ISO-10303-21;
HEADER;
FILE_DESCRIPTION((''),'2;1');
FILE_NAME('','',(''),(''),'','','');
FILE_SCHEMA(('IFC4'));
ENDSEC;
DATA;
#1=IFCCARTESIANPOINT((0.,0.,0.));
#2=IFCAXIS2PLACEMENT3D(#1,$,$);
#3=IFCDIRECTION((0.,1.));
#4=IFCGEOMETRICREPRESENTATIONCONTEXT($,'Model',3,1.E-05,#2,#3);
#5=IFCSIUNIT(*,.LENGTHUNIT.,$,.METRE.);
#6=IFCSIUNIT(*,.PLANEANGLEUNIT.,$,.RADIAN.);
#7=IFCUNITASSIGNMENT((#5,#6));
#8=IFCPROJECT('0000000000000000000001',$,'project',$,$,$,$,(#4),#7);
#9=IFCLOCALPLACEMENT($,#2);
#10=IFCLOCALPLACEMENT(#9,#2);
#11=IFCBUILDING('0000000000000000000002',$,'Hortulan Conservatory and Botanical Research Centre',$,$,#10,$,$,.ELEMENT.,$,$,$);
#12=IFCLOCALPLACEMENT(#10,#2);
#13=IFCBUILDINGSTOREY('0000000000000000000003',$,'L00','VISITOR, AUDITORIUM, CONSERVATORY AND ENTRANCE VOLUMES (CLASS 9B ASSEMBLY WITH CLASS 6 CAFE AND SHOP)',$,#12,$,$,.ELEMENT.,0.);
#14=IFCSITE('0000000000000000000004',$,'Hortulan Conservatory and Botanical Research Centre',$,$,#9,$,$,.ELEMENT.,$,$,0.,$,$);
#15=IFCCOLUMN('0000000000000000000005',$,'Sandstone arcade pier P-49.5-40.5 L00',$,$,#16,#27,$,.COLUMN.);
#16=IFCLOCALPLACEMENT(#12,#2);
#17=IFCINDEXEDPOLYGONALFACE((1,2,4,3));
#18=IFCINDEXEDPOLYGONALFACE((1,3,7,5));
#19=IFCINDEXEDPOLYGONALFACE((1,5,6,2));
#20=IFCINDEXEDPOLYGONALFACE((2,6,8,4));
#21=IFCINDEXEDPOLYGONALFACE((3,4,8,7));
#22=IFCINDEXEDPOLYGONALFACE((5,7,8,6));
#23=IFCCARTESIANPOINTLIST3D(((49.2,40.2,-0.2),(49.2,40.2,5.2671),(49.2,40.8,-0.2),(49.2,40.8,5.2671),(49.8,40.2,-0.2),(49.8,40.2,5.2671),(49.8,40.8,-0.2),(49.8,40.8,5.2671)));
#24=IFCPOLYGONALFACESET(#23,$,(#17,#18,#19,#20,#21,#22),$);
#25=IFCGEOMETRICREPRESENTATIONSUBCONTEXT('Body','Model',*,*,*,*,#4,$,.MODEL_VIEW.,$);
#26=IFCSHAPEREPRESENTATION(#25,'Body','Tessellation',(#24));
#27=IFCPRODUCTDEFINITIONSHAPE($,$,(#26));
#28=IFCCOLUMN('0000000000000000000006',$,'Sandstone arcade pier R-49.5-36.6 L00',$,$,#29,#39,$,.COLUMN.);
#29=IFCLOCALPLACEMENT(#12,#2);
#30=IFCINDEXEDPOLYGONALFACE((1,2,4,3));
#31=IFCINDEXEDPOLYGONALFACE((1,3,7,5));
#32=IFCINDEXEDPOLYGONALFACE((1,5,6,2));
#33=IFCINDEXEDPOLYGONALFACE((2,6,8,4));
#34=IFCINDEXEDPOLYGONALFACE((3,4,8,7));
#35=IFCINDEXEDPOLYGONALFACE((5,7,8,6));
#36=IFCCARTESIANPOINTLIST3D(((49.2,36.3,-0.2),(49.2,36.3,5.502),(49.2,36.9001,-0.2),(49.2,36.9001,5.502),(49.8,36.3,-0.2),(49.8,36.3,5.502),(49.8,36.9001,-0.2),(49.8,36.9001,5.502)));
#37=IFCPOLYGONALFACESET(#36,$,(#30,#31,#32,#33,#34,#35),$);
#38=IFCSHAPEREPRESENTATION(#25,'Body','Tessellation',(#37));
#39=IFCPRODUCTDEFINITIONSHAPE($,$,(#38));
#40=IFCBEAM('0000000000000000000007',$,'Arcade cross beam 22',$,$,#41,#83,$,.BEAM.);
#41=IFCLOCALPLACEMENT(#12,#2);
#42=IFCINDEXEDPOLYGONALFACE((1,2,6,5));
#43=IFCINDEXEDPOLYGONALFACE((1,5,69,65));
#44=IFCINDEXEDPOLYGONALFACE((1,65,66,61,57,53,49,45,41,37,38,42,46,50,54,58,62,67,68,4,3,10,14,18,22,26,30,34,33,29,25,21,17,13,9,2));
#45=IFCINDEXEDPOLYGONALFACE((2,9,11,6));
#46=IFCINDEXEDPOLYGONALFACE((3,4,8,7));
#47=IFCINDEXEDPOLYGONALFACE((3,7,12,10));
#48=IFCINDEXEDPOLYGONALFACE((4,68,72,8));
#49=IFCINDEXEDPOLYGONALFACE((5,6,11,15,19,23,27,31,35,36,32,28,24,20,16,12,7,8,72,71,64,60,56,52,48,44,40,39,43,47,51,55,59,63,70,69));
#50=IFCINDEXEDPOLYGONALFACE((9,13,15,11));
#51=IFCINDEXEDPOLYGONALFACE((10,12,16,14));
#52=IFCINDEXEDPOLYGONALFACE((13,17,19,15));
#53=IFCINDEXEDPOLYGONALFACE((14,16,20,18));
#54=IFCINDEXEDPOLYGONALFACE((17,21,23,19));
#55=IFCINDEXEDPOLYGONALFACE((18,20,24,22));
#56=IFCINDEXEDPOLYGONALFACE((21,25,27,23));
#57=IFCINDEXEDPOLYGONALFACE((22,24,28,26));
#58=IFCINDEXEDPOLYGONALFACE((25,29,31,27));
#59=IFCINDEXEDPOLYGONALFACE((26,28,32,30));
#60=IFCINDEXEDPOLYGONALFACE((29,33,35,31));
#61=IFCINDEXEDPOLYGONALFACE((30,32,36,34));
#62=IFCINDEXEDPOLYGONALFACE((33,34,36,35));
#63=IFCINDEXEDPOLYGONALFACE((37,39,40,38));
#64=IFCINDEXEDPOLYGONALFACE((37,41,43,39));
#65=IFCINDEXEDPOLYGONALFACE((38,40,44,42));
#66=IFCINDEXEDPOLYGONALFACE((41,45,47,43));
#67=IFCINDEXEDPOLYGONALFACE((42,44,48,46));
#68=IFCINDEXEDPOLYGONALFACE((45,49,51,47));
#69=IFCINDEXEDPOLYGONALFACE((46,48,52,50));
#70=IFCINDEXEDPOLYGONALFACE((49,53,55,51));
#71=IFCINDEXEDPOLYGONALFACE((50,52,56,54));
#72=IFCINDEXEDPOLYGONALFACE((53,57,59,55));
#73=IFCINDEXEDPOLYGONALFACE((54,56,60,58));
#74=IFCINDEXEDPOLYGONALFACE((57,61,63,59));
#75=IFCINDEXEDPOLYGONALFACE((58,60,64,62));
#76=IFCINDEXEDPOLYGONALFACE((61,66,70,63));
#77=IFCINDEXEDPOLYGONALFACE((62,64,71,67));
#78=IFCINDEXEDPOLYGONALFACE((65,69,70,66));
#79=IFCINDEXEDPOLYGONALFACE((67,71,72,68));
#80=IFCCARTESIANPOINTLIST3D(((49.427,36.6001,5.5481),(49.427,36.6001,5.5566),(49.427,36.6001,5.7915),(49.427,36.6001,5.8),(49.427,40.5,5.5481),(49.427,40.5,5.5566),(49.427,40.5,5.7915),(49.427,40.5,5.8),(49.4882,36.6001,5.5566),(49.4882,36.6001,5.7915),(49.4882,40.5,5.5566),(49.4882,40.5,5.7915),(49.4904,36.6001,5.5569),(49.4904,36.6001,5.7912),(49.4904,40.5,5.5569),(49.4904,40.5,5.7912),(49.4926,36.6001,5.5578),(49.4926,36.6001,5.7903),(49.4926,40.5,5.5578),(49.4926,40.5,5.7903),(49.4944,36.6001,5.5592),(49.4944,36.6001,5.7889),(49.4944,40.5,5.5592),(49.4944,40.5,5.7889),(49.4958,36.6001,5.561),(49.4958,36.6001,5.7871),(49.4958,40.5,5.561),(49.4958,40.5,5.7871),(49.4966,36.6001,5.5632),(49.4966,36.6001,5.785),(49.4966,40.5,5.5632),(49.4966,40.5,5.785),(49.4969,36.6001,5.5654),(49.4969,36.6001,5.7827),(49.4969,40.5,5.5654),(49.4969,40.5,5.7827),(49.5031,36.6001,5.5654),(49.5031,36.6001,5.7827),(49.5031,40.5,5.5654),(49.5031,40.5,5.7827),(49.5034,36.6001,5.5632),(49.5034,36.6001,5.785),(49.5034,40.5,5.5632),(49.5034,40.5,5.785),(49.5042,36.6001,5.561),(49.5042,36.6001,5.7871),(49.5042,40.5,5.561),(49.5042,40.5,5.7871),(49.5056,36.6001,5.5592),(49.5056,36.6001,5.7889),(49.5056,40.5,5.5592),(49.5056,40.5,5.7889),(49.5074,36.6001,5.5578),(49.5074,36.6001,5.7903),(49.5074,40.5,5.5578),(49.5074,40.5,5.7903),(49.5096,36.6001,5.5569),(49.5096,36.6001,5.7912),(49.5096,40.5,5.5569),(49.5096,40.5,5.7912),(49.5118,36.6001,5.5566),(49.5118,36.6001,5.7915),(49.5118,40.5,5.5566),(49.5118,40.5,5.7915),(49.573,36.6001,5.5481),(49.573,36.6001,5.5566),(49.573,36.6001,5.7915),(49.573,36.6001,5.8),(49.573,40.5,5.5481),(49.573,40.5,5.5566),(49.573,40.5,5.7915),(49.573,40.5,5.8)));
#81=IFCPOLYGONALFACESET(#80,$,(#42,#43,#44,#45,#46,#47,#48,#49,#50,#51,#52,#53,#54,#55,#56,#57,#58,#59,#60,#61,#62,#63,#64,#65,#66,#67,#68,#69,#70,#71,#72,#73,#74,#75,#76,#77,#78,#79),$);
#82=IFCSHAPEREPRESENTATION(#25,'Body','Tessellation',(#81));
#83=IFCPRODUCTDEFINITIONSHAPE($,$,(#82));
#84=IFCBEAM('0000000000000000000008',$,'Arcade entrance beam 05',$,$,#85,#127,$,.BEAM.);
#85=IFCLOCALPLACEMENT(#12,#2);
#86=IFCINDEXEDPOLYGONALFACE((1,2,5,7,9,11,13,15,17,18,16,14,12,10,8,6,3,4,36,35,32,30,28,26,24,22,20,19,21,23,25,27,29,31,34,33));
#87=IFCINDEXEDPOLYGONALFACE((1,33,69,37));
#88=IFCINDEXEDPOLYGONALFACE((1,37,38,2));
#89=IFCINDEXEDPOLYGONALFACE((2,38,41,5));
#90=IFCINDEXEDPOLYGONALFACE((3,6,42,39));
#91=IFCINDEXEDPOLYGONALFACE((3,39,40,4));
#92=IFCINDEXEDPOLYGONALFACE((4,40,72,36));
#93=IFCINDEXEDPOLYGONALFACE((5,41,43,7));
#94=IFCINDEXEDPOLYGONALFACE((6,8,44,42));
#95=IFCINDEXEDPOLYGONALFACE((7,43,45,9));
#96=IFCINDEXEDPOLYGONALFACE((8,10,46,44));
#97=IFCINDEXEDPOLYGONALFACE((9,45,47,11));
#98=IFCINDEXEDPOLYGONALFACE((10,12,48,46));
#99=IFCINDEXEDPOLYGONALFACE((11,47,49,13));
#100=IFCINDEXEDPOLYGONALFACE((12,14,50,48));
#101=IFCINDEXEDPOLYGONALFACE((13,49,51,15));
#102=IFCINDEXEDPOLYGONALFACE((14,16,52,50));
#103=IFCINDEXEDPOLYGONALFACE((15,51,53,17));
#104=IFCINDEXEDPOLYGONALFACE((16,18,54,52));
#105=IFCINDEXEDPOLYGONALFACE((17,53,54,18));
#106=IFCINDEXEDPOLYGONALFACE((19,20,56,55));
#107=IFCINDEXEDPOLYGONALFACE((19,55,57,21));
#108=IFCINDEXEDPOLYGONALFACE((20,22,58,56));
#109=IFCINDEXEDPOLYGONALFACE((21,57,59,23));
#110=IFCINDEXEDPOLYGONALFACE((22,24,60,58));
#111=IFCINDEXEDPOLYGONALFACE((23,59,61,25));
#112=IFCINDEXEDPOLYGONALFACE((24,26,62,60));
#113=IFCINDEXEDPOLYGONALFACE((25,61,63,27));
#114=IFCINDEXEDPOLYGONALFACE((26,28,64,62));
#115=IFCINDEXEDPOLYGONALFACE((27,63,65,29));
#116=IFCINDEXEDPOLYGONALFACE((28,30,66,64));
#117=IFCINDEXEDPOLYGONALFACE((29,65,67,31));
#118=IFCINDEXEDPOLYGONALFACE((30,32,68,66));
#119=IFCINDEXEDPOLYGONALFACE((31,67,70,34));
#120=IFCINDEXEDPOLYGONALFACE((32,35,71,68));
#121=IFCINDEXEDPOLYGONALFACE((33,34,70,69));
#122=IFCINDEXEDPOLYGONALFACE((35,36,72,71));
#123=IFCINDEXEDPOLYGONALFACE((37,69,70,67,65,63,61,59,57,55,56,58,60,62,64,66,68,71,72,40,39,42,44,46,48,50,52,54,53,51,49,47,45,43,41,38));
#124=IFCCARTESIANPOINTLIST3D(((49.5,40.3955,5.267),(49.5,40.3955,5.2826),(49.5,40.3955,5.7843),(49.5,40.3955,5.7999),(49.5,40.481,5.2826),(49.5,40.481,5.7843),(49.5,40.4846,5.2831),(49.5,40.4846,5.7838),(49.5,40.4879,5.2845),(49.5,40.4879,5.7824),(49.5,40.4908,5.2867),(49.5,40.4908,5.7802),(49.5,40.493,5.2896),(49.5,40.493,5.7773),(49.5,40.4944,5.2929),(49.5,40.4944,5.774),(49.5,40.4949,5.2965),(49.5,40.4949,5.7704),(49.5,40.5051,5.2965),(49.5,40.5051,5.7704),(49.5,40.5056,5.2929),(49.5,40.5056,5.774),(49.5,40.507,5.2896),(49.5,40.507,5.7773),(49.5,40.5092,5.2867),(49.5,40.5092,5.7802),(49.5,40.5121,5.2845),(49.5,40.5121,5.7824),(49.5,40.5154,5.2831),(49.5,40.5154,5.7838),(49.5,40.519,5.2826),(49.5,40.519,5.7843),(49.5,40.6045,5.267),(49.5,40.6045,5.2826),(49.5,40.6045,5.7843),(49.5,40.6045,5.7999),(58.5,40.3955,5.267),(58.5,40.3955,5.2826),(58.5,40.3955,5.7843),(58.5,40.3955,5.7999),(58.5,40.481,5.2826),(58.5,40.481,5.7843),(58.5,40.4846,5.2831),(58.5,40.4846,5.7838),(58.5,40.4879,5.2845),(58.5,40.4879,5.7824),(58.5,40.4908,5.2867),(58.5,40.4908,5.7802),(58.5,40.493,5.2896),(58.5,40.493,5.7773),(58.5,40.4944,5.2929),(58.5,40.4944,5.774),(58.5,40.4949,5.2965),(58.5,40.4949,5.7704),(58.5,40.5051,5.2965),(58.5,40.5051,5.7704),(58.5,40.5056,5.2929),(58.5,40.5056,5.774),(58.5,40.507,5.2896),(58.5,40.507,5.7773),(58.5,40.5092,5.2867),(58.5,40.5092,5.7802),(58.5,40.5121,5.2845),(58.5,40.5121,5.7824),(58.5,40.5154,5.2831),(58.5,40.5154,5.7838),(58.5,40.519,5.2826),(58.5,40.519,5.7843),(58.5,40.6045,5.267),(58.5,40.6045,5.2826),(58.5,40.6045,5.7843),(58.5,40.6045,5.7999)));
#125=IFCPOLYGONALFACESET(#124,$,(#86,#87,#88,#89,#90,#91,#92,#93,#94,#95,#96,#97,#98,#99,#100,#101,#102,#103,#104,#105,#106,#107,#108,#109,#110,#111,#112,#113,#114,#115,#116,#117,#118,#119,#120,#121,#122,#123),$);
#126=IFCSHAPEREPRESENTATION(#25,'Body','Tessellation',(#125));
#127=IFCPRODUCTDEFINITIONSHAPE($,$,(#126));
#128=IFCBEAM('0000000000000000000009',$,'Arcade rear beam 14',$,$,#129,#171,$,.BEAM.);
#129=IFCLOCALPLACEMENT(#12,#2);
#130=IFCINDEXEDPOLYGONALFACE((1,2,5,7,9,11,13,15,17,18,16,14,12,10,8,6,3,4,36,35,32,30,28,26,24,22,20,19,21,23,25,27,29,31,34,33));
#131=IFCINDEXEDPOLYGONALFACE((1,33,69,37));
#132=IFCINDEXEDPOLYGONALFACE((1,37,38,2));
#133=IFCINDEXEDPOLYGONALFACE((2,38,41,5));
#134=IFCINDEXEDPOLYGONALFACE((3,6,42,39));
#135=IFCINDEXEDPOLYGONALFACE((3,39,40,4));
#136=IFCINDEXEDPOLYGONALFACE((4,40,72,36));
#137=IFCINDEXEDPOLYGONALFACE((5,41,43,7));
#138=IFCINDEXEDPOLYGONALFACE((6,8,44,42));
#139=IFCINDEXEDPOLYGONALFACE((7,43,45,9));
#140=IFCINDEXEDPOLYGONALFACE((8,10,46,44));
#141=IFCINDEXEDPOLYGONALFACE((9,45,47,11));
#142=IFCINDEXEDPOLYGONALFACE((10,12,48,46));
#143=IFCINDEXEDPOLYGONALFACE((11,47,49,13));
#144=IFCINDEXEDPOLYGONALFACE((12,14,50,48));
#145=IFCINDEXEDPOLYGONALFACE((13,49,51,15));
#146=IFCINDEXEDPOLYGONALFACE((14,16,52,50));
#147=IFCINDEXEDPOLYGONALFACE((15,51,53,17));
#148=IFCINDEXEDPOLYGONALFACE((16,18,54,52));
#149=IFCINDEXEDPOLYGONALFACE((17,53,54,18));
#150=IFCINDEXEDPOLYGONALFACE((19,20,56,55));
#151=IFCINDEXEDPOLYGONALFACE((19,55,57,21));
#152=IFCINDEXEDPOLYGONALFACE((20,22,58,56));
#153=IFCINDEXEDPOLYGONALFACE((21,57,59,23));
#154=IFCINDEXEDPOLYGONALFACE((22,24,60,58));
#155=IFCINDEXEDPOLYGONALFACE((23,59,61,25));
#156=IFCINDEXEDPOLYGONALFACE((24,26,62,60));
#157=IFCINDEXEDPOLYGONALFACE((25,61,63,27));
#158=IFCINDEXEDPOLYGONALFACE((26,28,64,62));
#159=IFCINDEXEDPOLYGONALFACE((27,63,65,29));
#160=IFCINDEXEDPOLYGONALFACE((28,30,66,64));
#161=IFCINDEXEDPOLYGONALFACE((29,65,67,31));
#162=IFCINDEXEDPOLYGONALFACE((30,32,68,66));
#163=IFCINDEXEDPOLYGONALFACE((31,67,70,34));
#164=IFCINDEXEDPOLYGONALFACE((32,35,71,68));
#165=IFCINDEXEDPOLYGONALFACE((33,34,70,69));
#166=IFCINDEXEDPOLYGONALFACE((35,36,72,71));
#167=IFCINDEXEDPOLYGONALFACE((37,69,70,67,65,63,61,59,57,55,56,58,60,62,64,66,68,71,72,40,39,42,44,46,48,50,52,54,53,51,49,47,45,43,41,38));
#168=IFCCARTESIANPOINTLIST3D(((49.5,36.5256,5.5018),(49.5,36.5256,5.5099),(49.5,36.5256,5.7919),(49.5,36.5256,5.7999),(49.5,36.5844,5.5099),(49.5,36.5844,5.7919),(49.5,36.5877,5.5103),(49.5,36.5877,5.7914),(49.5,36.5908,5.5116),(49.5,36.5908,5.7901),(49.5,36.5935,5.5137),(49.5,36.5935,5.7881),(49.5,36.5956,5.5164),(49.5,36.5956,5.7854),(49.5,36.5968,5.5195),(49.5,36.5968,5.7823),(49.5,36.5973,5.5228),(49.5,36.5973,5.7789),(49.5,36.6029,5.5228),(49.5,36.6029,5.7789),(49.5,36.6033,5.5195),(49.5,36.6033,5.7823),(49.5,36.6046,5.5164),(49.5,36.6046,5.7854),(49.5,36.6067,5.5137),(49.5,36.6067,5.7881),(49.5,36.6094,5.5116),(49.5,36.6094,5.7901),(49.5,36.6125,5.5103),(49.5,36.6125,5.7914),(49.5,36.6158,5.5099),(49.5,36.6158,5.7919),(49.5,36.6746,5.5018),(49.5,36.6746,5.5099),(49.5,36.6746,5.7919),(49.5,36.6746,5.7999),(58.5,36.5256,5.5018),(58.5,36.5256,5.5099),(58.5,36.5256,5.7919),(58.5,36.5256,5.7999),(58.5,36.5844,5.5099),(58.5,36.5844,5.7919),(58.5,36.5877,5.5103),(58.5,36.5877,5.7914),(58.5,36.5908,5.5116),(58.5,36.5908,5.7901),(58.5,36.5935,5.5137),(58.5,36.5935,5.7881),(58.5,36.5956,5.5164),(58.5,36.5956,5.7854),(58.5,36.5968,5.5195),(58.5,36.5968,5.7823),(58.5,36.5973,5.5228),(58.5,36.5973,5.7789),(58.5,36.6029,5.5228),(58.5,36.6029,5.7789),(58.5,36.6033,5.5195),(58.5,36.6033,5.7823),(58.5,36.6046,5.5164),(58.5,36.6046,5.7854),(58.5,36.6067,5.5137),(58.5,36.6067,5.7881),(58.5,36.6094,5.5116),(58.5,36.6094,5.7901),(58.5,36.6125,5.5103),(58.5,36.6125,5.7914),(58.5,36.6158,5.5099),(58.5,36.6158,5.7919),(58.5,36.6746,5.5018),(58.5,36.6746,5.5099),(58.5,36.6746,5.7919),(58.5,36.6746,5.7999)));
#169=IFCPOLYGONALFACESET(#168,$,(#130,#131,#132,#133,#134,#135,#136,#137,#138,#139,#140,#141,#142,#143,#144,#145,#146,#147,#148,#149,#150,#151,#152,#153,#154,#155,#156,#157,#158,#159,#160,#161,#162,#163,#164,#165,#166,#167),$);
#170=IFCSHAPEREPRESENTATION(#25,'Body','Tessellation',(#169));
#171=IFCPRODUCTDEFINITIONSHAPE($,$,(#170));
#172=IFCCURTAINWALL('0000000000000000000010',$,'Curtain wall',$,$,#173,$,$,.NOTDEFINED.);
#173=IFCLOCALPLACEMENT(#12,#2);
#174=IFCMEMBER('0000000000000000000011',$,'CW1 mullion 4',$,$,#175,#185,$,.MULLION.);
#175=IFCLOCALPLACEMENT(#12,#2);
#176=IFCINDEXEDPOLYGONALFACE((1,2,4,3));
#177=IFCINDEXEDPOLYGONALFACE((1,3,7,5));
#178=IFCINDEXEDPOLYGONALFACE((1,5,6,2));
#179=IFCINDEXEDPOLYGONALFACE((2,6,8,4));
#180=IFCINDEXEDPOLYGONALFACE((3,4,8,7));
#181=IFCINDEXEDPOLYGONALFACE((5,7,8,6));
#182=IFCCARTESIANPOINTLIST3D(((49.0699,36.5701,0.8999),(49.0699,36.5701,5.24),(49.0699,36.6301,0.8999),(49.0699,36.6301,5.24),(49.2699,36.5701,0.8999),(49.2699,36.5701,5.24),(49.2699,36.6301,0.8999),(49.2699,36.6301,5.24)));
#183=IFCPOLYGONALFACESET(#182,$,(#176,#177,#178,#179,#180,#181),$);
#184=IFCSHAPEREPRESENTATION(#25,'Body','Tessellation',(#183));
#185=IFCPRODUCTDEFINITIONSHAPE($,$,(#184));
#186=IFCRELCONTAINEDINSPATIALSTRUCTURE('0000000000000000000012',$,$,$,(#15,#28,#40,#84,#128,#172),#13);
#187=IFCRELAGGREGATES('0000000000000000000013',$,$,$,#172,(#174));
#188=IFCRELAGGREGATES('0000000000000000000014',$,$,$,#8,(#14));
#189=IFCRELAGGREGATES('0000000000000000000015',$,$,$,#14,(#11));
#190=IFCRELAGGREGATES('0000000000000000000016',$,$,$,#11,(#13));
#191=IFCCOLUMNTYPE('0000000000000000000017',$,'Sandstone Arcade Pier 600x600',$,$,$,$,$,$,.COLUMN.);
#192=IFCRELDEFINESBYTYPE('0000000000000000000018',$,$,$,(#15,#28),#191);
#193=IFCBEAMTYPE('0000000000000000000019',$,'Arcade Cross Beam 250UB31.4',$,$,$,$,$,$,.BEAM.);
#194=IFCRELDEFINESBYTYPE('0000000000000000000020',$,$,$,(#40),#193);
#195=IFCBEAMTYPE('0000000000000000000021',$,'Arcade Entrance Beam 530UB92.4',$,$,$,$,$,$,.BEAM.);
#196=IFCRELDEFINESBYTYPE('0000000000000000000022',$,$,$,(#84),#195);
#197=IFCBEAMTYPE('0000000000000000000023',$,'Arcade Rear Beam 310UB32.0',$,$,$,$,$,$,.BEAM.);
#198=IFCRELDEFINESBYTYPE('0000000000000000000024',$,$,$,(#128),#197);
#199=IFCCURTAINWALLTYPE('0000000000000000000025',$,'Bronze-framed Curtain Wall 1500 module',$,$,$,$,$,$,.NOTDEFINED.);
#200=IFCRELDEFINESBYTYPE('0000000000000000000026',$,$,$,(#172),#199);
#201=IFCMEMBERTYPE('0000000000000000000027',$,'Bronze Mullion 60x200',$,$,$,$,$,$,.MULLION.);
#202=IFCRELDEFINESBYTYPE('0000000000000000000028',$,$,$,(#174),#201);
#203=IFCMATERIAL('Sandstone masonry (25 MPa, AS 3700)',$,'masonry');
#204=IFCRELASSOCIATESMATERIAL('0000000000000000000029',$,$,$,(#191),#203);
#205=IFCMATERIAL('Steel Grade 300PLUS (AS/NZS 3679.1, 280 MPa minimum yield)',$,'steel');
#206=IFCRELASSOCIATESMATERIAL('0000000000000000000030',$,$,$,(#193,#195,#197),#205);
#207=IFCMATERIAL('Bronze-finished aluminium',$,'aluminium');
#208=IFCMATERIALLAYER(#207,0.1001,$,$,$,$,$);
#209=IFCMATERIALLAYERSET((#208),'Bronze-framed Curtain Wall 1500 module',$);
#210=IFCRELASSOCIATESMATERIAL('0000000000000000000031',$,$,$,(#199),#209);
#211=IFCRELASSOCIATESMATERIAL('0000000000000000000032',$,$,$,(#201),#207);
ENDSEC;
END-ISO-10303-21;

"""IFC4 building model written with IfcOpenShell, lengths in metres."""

from ifc_helpers import new_model, si_unit, direction, frame, origin, origin_2d, place, context, subcontext, project, spatial, rectangle, i_section, extrude, material, layer, layer_set, material_profile, profile_set, type_object, element, aggregate, save


model = new_model("IFC4")

# Units and contexts
model_context = context("Model", 3, precision=1e-05, world=origin(), true_north=direction((0.0, 1.0)))
body_context = subcontext(model_context, "Body", "Model", "MODEL_VIEW")
ifc_project = project(units=[si_unit("LENGTHUNIT", "METRE"), si_unit("PLANEANGLEUNIT", "RADIAN")], contexts=[model_context])

# Site, building, storey
site_placement = place(None, origin())
site = spatial("IfcSite", under=ifc_project, at=site_placement, Name="Hortulan Conservatory and Botanical Research Centre", CompositionType="ELEMENT", RefElevation=0.0)
building_placement = place(site_placement, origin())
building = spatial("IfcBuilding", under=site, at=building_placement, Name="Hortulan Conservatory and Botanical Research Centre", CompositionType="ELEMENT")
storey_placement = place(building_placement, origin())
storey = spatial("IfcBuildingStorey", under=building, at=storey_placement, Name="L00", Description="VISITOR, AUDITORIUM, CONSERVATORY AND ENTRANCE VOLUMES (CLASS 9B ASSEMBLY WITH CLASS 6 CAFE AND SHOP)", CompositionType="ELEMENT", Elevation=0.0)

# Columns
ifc_material_1 = material(Name="Sandstone masonry (25 MPa, AS 3700)", Category="masonry")
ifc_material_profile_1 = material_profile(ifc_material_1, rectangle(XDim=0.6001, YDim=0.6001, at=origin_2d()), Name="Square pier 600")
ifc_profile_set_1 = profile_set([ifc_material_profile_1], Name="Sandstone masonry (25 MPa, AS 3700)")
column_type_1 = type_object("IfcColumnType", Name="Sandstone Arcade Pier 600x600", PredefinedType="COLUMN", material=ifc_profile_set_1)
column_1_placement = place(storey_placement, frame((49.5, 40.5, -0.2), z_axis=(0.0, 0.0, 1.0), x_axis=(1.0, 0.0, 0.0)))
element("IfcColumn", 1, at=column_1_placement, inside=storey, type_object=column_type_1, Name="Sandstone arcade pier P-49.5-40.5 L00", PredefinedType="COLUMN", context=body_context, shape_type="SweptSolid", body=[
    extrude(rectangle(XDim=0.6001, YDim=0.6001, at=origin_2d()), origin(), (0.0, 0.0, 1.0), 5.467),
])
column_2_placement = place(storey_placement, frame((49.5, 36.6001, -0.2), z_axis=(0.0, 0.0, 1.0), x_axis=(1.0, 0.0, 0.0)))
element("IfcColumn", 2, at=column_2_placement, inside=storey, type_object=column_type_1, Name="Sandstone arcade pier R-49.5-36.6 L00", PredefinedType="COLUMN", context=body_context, shape_type="SweptSolid", body=[
    extrude(rectangle(XDim=0.6001, YDim=0.6001, at=origin_2d()), origin(), (0.0, 0.0, 1.0), 5.7019),
])

# Beams
ifc_material_2 = material(Name="Steel Grade 300PLUS (AS/NZS 3679.1, 280 MPa minimum yield)", Category="steel")
ifc_material_profile_2 = material_profile(ifc_material_2, i_section(OverallWidth=0.146, OverallDepth=0.252, WebThickness=0.0061, FlangeThickness=0.0085, FilletRadius=0.0088, at=origin_2d()), Name="250UB31.4")
ifc_profile_set_2 = profile_set([ifc_material_profile_2], Name="Steel Grade 300PLUS (AS/NZS 3679.1, 280 MPa minimum yield)")
beam_type_1 = type_object("IfcBeamType", Name="Arcade Cross Beam 250UB31.4", PredefinedType="BEAM", material=ifc_profile_set_2)
beam_1_placement = place(storey_placement, frame((49.5, 36.6001, 5.6741), z_axis=(0.0, 1.0, 0.0), x_axis=(-1.0, 0.0, 0.0)))
element("IfcBeam", 3, at=beam_1_placement, inside=storey, type_object=beam_type_1, Name="Arcade cross beam 22", PredefinedType="BEAM", context=body_context, shape_type="SweptSolid", body=[
    extrude(i_section(OverallWidth=0.146, OverallDepth=0.252, WebThickness=0.0061, FlangeThickness=0.0085, FilletRadius=0.0088, at=origin_2d()), origin(), (0.0, 0.0, 1.0), 3.8999),
])
ifc_material_profile_3 = material_profile(ifc_material_2, i_section(OverallWidth=0.209, OverallDepth=0.533, WebThickness=0.0103, FlangeThickness=0.0156, FilletRadius=0.0139, at=origin_2d()), Name="530UB92.4")
ifc_profile_set_3 = profile_set([ifc_material_profile_3], Name="Steel Grade 300PLUS (AS/NZS 3679.1, 280 MPa minimum yield)")
beam_type_2 = type_object("IfcBeamType", Name="Arcade Entrance Beam 530UB92.4", PredefinedType="BEAM", material=ifc_profile_set_3)
beam_2_placement = place(storey_placement, frame((49.5, 40.5, 5.5334), z_axis=(1.0, 0.0, 0.0), x_axis=(0.0, 1.0, 0.0)))
element("IfcBeam", 4, at=beam_2_placement, inside=storey, type_object=beam_type_2, Name="Arcade entrance beam 05", PredefinedType="BEAM", context=body_context, shape_type="SweptSolid", body=[
    extrude(i_section(OverallWidth=0.209, OverallDepth=0.533, WebThickness=0.0103, FlangeThickness=0.0156, FilletRadius=0.0139, at=origin_2d()), origin(), (0.0, 0.0, 1.0), 9.0),
])
ifc_material_profile_4 = material_profile(ifc_material_2, i_section(OverallWidth=0.1489, OverallDepth=0.2981, WebThickness=0.0056, FlangeThickness=0.0081, FilletRadius=0.0129, at=origin_2d()), Name="310UB32.0")
ifc_profile_set_4 = profile_set([ifc_material_profile_4], Name="Steel Grade 300PLUS (AS/NZS 3679.1, 280 MPa minimum yield)")
beam_type_3 = type_object("IfcBeamType", Name="Arcade Rear Beam 310UB32.0", PredefinedType="BEAM", material=ifc_profile_set_4)
beam_3_placement = place(storey_placement, frame((49.5, 36.6001, 5.6509), z_axis=(1.0, 0.0, 0.0), x_axis=(0.0, 1.0, 0.0)))
element("IfcBeam", 5, at=beam_3_placement, inside=storey, type_object=beam_type_3, Name="Arcade rear beam 14", PredefinedType="BEAM", context=body_context, shape_type="SweptSolid", body=[
    extrude(i_section(OverallWidth=0.1489, OverallDepth=0.2981, WebThickness=0.0056, FlangeThickness=0.0081, FilletRadius=0.0129, at=origin_2d()), origin(), (0.0, 0.0, 1.0), 9.0),
])

# Curtain wall, member
ifc_material_3 = material(Name="Bronze-finished aluminium", Category="aluminium")
ifc_layer_1 = layer(ifc_material_3, 0.1001)
ifc_layer_set_1 = layer_set([ifc_layer_1], Name="Bronze-framed Curtain Wall 1500 module")
curtain_wall_type = type_object("IfcCurtainWallType", Name="Bronze-framed Curtain Wall 1500 module", PredefinedType="NOTDEFINED", material=ifc_layer_set_1)
curtain_wall_placement = place(storey_placement, origin())
curtain_wall = element("IfcCurtainWall", 6, at=curtain_wall_placement, inside=storey, type_object=curtain_wall_type, Name="Curtain wall", PredefinedType="NOTDEFINED")
ifc_material_profile_5 = material_profile(ifc_material_3, rectangle(XDim=0.0601, YDim=0.2, at=origin_2d()), Name="Bronze Mullion 60x200")
ifc_profile_set_5 = profile_set([ifc_material_profile_5], Name="Bronze-finished aluminium")
member_type_1 = type_object("IfcMemberType", Name="Bronze Mullion 60x200", PredefinedType="MULLION", material=ifc_profile_set_5)
member_1_placement = place(storey_placement, frame((49.1699, 36.6001, 0.8999), z_axis=(0.0, 0.0, 1.0), x_axis=(0.0, 1.0, 0.0)))
member_1 = element("IfcMember", 7, at=member_1_placement, type_object=member_type_1, Name="CW1 mullion 4", PredefinedType="MULLION", context=body_context, shape_type="SweptSolid", body=[
    extrude(rectangle(XDim=0.0601, YDim=0.2, at=origin_2d()), origin(), (0.0, 0.0, 1.0), 4.3401),
])

aggregate(curtain_wall, [member_1])

save(model, "model.ifc")
